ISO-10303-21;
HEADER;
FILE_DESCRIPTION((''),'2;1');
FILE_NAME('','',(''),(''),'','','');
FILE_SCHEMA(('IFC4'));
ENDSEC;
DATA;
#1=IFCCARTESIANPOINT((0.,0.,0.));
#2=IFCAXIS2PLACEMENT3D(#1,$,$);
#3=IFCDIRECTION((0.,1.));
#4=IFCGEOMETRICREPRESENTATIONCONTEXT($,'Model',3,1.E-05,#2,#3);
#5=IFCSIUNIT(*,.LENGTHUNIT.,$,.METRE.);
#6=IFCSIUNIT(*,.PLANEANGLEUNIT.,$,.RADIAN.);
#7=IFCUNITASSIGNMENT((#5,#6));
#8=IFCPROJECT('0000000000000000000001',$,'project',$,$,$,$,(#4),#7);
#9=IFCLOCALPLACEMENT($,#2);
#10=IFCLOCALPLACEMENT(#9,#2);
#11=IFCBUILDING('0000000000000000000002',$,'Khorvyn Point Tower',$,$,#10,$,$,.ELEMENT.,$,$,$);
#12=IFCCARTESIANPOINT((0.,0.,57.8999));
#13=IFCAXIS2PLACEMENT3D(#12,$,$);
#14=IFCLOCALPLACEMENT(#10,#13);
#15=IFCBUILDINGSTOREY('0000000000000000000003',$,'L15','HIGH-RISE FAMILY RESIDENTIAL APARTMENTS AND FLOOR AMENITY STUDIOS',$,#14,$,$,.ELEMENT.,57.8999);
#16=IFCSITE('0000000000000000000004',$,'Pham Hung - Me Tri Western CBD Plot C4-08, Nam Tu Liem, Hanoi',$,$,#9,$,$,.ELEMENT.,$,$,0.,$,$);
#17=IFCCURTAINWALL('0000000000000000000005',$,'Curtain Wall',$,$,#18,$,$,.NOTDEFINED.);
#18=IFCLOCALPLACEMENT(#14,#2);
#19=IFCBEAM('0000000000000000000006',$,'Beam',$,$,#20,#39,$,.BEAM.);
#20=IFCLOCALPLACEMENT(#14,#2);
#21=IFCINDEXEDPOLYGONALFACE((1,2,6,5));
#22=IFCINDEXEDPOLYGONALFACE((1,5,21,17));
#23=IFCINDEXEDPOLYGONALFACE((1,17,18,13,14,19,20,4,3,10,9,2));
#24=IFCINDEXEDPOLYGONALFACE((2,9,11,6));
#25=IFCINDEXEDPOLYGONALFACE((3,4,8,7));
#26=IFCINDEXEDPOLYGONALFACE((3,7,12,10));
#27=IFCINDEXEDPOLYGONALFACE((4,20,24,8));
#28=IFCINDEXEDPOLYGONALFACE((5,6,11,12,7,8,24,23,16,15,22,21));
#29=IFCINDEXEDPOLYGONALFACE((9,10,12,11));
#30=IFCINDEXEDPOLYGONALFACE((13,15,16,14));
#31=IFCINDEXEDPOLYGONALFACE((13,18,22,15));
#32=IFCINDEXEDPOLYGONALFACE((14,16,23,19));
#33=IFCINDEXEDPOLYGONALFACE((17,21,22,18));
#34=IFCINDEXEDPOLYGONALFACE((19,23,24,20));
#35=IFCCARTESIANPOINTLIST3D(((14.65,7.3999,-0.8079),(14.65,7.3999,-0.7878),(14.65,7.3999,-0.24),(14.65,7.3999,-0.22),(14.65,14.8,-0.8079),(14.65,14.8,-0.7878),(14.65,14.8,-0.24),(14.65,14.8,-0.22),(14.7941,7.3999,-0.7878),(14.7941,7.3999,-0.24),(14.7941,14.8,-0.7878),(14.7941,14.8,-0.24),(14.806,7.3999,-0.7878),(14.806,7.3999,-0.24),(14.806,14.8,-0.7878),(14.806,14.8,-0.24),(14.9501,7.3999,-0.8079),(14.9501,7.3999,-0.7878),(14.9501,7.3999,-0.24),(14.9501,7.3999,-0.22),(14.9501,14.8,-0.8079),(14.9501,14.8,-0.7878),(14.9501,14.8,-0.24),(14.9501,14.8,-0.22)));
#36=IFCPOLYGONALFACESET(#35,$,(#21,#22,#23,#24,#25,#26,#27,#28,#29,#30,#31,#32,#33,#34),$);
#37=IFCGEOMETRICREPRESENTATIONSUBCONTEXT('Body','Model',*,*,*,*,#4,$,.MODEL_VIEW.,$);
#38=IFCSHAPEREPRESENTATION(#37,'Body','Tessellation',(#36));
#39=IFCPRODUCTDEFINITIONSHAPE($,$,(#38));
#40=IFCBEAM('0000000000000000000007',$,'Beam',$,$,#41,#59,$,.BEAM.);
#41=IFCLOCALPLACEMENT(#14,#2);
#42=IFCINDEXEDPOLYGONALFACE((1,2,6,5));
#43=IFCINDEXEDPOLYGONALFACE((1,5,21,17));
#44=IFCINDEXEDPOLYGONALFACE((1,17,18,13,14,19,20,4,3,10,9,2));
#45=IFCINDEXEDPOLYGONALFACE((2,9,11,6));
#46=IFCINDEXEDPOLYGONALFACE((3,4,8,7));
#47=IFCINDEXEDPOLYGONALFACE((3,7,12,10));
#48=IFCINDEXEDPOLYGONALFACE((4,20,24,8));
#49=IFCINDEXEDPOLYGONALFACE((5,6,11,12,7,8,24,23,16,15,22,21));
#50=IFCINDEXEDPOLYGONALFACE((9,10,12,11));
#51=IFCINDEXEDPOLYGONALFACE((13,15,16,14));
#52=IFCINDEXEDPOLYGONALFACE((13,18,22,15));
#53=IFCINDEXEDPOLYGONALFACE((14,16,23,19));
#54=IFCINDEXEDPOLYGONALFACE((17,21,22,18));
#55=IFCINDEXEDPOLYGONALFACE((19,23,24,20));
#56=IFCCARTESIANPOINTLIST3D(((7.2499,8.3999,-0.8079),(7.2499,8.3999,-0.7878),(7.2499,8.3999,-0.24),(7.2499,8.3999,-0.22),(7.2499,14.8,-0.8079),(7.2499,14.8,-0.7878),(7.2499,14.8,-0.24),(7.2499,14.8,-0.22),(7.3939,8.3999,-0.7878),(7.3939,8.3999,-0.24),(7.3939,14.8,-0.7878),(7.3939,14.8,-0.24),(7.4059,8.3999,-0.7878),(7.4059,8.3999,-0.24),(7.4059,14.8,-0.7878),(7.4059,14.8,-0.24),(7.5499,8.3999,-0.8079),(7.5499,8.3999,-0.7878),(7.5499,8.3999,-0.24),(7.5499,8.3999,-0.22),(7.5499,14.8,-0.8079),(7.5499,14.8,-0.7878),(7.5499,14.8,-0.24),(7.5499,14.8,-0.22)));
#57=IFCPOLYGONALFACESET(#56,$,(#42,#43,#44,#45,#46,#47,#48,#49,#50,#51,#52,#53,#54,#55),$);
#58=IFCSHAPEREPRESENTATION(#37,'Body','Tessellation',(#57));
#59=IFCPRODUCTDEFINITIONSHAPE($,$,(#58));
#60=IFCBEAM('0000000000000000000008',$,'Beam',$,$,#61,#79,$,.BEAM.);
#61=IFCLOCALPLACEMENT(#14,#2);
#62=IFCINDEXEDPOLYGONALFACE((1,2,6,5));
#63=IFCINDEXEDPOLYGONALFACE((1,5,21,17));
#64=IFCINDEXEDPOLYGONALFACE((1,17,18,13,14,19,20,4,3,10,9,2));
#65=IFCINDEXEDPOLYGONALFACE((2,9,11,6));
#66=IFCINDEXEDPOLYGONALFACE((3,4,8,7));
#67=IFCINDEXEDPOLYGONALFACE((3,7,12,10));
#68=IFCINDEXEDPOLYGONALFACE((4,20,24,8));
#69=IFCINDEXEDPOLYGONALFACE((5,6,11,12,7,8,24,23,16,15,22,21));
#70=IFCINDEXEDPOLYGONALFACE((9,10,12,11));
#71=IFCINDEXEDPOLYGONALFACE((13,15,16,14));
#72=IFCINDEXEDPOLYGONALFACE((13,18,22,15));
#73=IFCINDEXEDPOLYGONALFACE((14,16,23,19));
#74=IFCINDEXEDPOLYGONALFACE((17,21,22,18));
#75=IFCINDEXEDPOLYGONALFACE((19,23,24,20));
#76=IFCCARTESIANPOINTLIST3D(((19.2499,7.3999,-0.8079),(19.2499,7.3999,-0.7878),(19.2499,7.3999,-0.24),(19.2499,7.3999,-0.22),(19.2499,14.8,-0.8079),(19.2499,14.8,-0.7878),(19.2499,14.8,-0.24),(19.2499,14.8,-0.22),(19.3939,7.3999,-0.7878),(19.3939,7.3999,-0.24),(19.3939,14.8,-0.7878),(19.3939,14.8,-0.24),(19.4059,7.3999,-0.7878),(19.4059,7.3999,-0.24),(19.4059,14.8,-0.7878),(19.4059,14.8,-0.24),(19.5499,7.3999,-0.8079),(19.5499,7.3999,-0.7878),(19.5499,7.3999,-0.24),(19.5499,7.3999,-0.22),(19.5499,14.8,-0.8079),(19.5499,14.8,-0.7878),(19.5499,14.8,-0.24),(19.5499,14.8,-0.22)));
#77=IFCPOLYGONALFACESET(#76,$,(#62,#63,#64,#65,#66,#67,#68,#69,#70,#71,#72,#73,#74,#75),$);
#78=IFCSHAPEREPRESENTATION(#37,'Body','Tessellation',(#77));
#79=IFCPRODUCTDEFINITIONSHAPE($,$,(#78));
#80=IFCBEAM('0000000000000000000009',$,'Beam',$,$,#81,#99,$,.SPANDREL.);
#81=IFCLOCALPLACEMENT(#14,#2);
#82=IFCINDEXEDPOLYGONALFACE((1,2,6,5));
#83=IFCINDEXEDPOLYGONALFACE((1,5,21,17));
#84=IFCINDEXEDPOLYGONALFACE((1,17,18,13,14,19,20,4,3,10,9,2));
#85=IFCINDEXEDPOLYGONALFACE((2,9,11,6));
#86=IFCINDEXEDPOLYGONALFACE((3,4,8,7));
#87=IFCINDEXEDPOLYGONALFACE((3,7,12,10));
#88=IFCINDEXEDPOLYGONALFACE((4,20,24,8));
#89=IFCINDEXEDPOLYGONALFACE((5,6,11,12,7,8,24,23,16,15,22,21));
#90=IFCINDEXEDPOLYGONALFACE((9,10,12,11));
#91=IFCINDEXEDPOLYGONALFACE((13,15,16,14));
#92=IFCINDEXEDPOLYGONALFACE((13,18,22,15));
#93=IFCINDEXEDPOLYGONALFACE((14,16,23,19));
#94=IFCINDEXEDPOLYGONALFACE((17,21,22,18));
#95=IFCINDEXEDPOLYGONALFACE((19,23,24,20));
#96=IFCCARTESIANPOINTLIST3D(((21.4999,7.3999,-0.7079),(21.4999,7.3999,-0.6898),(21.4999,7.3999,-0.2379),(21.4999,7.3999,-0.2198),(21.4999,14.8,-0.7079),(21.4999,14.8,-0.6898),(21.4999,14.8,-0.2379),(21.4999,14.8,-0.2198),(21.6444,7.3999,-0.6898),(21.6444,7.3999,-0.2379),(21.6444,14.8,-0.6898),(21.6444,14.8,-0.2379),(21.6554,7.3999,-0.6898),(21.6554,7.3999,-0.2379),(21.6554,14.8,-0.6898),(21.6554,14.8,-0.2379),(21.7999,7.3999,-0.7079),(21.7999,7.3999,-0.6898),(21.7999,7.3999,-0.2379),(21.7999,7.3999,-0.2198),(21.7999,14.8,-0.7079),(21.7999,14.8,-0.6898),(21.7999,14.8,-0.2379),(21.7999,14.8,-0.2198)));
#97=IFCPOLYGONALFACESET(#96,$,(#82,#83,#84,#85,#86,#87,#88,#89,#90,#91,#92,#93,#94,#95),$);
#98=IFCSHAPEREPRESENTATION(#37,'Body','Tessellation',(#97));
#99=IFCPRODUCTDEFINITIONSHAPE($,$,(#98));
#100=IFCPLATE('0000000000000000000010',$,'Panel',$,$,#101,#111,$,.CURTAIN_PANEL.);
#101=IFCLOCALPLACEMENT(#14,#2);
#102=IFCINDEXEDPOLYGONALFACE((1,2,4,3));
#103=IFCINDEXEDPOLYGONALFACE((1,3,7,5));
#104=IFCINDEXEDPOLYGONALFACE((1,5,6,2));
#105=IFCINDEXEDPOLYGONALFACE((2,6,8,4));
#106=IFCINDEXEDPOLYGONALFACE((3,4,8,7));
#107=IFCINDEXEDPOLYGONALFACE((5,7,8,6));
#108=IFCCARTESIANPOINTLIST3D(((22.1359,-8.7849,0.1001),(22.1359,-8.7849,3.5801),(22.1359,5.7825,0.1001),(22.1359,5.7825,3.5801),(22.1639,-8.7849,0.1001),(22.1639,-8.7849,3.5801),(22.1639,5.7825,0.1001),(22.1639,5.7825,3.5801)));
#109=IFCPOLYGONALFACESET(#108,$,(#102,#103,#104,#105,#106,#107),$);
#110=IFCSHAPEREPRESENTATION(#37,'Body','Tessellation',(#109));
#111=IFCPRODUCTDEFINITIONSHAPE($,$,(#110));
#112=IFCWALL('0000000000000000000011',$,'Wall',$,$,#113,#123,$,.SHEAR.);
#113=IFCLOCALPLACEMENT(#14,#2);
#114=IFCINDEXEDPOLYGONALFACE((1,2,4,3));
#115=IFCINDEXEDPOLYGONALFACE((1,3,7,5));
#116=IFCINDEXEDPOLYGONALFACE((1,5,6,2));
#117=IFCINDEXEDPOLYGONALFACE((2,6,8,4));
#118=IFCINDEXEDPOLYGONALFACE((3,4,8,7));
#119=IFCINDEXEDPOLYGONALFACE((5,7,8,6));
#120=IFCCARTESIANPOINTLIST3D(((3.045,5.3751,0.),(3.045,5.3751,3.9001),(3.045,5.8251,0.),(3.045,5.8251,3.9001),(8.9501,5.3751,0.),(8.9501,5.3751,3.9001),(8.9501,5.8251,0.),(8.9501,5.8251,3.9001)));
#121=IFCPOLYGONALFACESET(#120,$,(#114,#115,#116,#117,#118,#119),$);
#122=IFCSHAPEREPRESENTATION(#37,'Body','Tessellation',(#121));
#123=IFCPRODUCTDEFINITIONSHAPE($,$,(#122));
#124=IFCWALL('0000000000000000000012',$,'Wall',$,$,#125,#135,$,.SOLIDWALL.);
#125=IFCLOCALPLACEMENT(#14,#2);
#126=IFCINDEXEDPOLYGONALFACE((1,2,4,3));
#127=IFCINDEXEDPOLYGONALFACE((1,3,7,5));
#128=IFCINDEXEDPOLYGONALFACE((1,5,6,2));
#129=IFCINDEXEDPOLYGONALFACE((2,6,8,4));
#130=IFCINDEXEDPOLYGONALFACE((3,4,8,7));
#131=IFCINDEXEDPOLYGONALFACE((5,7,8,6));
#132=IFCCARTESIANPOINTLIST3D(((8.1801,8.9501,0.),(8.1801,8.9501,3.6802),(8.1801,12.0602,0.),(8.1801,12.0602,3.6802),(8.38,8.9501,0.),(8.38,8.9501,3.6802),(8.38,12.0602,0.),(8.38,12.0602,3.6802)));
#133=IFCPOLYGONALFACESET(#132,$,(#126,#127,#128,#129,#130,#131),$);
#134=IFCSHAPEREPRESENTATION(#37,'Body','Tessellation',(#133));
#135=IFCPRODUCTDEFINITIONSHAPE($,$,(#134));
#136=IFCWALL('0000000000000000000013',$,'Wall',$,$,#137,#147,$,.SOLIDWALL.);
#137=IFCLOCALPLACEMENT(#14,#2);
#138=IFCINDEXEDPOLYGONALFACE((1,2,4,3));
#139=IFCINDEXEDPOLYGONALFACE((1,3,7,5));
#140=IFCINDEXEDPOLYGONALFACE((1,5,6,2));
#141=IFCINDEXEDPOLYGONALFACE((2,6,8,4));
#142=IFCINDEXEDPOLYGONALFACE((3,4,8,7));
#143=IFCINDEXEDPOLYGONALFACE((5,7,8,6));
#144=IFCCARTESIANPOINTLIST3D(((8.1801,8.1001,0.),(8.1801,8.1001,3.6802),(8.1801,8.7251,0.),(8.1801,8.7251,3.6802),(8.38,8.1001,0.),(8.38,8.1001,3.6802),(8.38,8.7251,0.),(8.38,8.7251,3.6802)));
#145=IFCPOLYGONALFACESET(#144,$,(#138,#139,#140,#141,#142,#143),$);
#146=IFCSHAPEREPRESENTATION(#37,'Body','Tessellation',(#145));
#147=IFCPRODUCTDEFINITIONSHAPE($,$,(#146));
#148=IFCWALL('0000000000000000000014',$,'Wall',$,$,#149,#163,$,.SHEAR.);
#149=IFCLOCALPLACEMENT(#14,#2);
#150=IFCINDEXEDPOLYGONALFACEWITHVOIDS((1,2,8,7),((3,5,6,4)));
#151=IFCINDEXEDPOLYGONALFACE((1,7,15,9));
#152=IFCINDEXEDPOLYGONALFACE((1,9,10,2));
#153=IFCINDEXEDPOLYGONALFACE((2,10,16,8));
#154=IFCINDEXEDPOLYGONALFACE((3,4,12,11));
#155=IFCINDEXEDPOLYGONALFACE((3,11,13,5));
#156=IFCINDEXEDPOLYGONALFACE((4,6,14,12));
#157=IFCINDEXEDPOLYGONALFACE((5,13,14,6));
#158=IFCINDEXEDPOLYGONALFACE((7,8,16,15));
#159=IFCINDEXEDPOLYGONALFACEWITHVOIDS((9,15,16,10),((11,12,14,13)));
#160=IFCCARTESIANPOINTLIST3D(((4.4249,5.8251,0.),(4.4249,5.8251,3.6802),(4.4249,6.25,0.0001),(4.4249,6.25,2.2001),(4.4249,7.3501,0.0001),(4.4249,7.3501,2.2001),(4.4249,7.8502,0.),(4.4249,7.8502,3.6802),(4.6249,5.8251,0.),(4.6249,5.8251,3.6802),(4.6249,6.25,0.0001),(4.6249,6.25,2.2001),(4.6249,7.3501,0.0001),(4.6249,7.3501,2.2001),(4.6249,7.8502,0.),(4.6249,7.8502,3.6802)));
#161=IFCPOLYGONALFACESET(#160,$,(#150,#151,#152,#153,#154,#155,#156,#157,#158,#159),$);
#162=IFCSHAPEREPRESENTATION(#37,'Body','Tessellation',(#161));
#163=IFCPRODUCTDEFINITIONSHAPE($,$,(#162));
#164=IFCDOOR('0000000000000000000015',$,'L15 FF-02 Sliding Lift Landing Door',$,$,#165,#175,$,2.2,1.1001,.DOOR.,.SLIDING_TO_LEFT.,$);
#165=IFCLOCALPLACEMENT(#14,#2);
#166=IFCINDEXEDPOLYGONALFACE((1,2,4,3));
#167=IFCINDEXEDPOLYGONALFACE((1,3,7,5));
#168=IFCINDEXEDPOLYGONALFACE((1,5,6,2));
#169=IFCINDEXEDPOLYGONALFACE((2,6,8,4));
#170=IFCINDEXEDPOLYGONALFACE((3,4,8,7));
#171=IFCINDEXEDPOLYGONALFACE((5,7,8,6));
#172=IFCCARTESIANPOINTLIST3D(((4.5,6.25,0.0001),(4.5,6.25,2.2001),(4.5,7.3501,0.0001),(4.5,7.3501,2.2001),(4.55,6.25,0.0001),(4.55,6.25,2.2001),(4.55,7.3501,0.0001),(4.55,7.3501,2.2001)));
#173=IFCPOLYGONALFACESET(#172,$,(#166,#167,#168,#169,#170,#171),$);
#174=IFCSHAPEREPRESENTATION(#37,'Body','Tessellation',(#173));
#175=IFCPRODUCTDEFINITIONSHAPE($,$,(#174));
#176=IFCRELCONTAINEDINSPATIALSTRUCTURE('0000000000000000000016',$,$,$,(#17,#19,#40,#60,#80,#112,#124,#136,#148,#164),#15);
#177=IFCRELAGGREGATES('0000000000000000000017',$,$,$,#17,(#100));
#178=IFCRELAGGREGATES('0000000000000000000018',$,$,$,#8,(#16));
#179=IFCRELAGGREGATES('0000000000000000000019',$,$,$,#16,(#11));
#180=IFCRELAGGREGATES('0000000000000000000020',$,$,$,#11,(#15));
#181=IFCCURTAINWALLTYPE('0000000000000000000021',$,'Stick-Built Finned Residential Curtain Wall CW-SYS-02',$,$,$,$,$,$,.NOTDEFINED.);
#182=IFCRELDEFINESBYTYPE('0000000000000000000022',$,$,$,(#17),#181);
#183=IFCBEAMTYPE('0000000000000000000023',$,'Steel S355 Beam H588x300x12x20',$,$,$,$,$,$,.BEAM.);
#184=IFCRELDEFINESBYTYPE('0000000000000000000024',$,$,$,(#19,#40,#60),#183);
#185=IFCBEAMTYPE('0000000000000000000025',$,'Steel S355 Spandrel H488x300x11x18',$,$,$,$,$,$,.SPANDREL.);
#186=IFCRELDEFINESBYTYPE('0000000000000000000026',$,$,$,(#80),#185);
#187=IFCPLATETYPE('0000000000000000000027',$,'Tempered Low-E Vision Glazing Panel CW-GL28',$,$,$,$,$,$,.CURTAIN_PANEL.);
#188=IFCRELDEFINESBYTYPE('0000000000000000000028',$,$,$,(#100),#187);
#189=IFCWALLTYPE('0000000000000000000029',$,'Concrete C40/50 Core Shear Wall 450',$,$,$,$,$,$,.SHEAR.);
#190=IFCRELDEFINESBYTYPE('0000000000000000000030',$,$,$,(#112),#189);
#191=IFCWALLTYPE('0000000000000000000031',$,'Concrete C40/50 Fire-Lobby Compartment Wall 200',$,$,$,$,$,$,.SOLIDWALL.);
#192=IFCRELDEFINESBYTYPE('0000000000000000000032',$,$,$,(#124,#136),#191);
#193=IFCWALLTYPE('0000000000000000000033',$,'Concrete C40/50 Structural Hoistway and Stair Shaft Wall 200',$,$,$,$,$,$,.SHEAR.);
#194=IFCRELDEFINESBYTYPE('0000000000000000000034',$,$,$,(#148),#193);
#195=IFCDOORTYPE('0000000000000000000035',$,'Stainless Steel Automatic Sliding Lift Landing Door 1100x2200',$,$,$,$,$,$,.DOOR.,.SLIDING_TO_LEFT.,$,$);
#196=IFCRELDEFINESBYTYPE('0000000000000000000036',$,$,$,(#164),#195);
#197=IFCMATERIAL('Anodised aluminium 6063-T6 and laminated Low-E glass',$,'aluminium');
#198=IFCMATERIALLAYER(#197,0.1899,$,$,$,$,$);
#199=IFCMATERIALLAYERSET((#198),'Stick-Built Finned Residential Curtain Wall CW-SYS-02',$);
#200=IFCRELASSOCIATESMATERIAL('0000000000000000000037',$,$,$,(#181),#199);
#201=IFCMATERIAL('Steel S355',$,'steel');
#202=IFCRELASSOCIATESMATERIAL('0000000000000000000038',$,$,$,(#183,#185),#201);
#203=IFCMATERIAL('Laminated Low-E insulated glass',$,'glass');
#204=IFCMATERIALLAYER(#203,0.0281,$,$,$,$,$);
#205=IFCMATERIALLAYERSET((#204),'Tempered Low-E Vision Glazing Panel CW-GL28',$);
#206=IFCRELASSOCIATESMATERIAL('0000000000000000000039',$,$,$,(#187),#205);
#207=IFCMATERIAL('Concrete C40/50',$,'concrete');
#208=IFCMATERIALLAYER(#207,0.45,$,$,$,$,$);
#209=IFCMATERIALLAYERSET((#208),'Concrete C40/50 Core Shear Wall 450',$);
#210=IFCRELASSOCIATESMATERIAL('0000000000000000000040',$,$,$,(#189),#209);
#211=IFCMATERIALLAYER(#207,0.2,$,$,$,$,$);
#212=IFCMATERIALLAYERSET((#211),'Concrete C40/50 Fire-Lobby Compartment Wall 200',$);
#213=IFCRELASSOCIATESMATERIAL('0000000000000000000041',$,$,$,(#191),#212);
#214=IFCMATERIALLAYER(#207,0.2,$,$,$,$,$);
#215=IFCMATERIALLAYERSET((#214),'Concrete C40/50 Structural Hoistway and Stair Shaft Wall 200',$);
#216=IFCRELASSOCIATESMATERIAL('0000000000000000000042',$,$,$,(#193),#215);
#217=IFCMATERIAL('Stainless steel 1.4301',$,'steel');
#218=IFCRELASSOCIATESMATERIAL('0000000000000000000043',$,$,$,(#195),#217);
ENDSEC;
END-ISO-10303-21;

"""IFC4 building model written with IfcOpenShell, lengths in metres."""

from ifc_helpers import new_model, si_unit, direction, frame, frame_2d, origin, origin_2d, place, context, subcontext, project, spatial, rectangle, i_section, extrude, material, layer, layer_set, material_profile, profile_set, type_object, element, fill, aggregate, save


model = new_model("IFC4")

# Units and contexts
model_context = context("Model", 3, precision=1e-05, world=origin(), true_north=direction((0.0, 1.0)))
body_context = subcontext(model_context, "Body", "Model", "MODEL_VIEW")
ifc_project = project(units=[si_unit("LENGTHUNIT", "METRE"), si_unit("PLANEANGLEUNIT", "RADIAN")], contexts=[model_context])

# Site, building, storey
site_placement = place(None, origin())
site = spatial("IfcSite", under=ifc_project, at=site_placement, Name="Pham Hung - Me Tri Western CBD Plot C4-08, Nam Tu Liem, Hanoi", CompositionType="ELEMENT", RefElevation=0.0)
building_placement = place(site_placement, origin())
building = spatial("IfcBuilding", under=site, at=building_placement, Name="Khorvyn Point Tower", CompositionType="ELEMENT")
storey_placement = place(building_placement, frame((0.0, 0.0, 57.8999)))
storey = spatial("IfcBuildingStorey", under=building, at=storey_placement, Name="L15", Description="HIGH-RISE FAMILY RESIDENTIAL APARTMENTS AND FLOOR AMENITY STUDIOS", CompositionType="ELEMENT", Elevation=57.8999)

# Curtain wall
ifc_material_1 = material(Name="Anodised aluminium 6063-T6 and laminated Low-E glass", Category="aluminium")
ifc_layer_1 = layer(ifc_material_1, 0.1899)
ifc_layer_set_1 = layer_set([ifc_layer_1], Name="Stick-Built Finned Residential Curtain Wall CW-SYS-02")
curtain_wall_type = type_object("IfcCurtainWallType", Name="Stick-Built Finned Residential Curtain Wall CW-SYS-02", PredefinedType="NOTDEFINED", material=ifc_layer_set_1)
curtain_wall_placement = place(storey_placement, origin())
curtain_wall = element("IfcCurtainWall", 1, at=curtain_wall_placement, inside=storey, type_object=curtain_wall_type, Name="Curtain Wall", PredefinedType="NOTDEFINED")

# Beams
ifc_material_2 = material(Name="Steel S355", Category="steel")
ifc_material_profile_1 = material_profile(ifc_material_2, i_section(OverallWidth=0.3, OverallDepth=0.5879, WebThickness=0.012, FlangeThickness=0.02, at=origin_2d()))
ifc_profile_set_1 = profile_set([ifc_material_profile_1], Name="Steel S355 H588x300x12x20")
beam_type_1 = type_object("IfcBeamType", Name="Steel S355 Beam H588x300x12x20", PredefinedType="BEAM", material=ifc_profile_set_1)
beam_1_placement = place(storey_placement, frame((14.8, 7.3999, -0.5139), z_axis=(0.0, 1.0, 0.0), x_axis=(-1.0, 0.0, 0.0)))
element("IfcBeam", 2, at=beam_1_placement, inside=storey, type_object=beam_type_1, Name="Beam", PredefinedType="BEAM", context=body_context, shape_type="SweptSolid", body=[
    extrude(i_section(OverallWidth=0.3, OverallDepth=0.5879, WebThickness=0.012, FlangeThickness=0.02, at=origin_2d()), origin(), (0.0, 0.0, 1.0), 7.4001),
])
beam_2_placement = place(storey_placement, frame((7.3999, 8.3999, -0.5139), z_axis=(0.0, 1.0, 0.0), x_axis=(-1.0, 0.0, 0.0)))
element("IfcBeam", 3, at=beam_2_placement, inside=storey, type_object=beam_type_1, Name="Beam", PredefinedType="BEAM", context=body_context, shape_type="SweptSolid", body=[
    extrude(i_section(OverallWidth=0.3, OverallDepth=0.5879, WebThickness=0.012, FlangeThickness=0.02, at=origin_2d()), origin(), (0.0, 0.0, 1.0), 6.4001),
])
beam_3_placement = place(storey_placement, frame((19.3999, 7.3999, -0.5139), z_axis=(0.0, 1.0, 0.0), x_axis=(-1.0, 0.0, 0.0)))
element("IfcBeam", 4, at=beam_3_placement, inside=storey, type_object=beam_type_1, Name="Beam", PredefinedType="BEAM", context=body_context, shape_type="SweptSolid", body=[
    extrude(i_section(OverallWidth=0.3, OverallDepth=0.5879, WebThickness=0.012, FlangeThickness=0.02, at=origin_2d()), origin(), (0.0, 0.0, 1.0), 7.4001),
])
ifc_material_profile_2 = material_profile(ifc_material_2, i_section(OverallWidth=0.3, OverallDepth=0.488, WebThickness=0.011, FlangeThickness=0.0181, at=origin_2d()))
ifc_profile_set_2 = profile_set([ifc_material_profile_2], Name="Steel S355 H488x300x11x18")
beam_type_2 = type_object("IfcBeamType", Name="Steel S355 Spandrel H488x300x11x18", PredefinedType="SPANDREL", material=ifc_profile_set_2)
beam_4_placement = place(storey_placement, frame((21.6499, 7.3999, -0.4639), z_axis=(0.0, 1.0, 0.0), x_axis=(-1.0, 0.0, 0.0)))
element("IfcBeam", 5, at=beam_4_placement, inside=storey, type_object=beam_type_2, Name="Beam", PredefinedType="SPANDREL", context=body_context, shape_type="SweptSolid", body=[
    extrude(i_section(OverallWidth=0.3, OverallDepth=0.488, WebThickness=0.011, FlangeThickness=0.0181, at=origin_2d()), origin(), (0.0, 0.0, 1.0), 7.4001),
])

# Plate
ifc_material_3 = material(Name="Laminated Low-E insulated glass", Category="glass")
ifc_layer_2 = layer(ifc_material_3, 0.0281)
ifc_layer_set_2 = layer_set([ifc_layer_2], Name="Tempered Low-E Vision Glazing Panel CW-GL28")
plate_type = type_object("IfcPlateType", Name="Tempered Low-E Vision Glazing Panel CW-GL28", PredefinedType="CURTAIN_PANEL", material=ifc_layer_set_2)
plate_placement = place(storey_placement, frame((22.1499, -1.5012, 0.1001), z_axis=(0.0, 0.0, 1.0), x_axis=(0.0, -1.0, 0.0)))
plate = element("IfcPlate", 6, at=plate_placement, type_object=plate_type, Name="Panel", PredefinedType="CURTAIN_PANEL", context=body_context, shape_type="SweptSolid", body=[
    extrude(rectangle(XDim=14.5674, YDim=0.0281, at=origin_2d()), origin(), (0.0, 0.0, 1.0), 3.48),
])
aggregate(curtain_wall, [plate])

# Walls
ifc_material_4 = material(Name="Concrete C40/50", Category="concrete")
ifc_layer_3 = layer(ifc_material_4, 0.45)
ifc_layer_set_3 = layer_set([ifc_layer_3], Name="Concrete C40/50 Core Shear Wall 450")
wall_type_1 = type_object("IfcWallType", Name="Concrete C40/50 Core Shear Wall 450", PredefinedType="SHEAR", material=ifc_layer_set_3)
wall_1_placement = place(storey_placement, frame((3.0449, 5.6001, 0.0), z_axis=(0.0, 0.0, 1.0), x_axis=(1.0, 0.0, 0.0)))
element("IfcWall", 7, at=wall_1_placement, inside=storey, type_object=wall_type_1, Name="Wall", PredefinedType="SHEAR", context=body_context, shape_type="SweptSolid", body=[
    extrude(rectangle(XDim=5.905, YDim=0.45, at=frame_2d((2.9526, 0.0))), origin(), (0.0, 0.0, 1.0), 3.9001),
])
ifc_layer_4 = layer(ifc_material_4, 0.2)
ifc_layer_set_4 = layer_set([ifc_layer_4], Name="Concrete C40/50 Fire-Lobby Compartment Wall 200")
wall_type_2 = type_object("IfcWallType", Name="Concrete C40/50 Fire-Lobby Compartment Wall 200", PredefinedType="SOLIDWALL", material=ifc_layer_set_4)
wall_2_placement = place(storey_placement, frame((8.28, 8.95, 0.0), z_axis=(0.0, 0.0, 1.0), x_axis=(0.0, 1.0, 0.0)))
element("IfcWall", 8, at=wall_2_placement, inside=storey, type_object=wall_type_2, Name="Wall", PredefinedType="SOLIDWALL", context=body_context, shape_type="SweptSolid", body=[
    extrude(rectangle(XDim=3.1101, YDim=0.2, at=frame_2d((1.5552, 0.0))), origin(), (0.0, 0.0, 1.0), 3.6802),
])
wall_3_placement = place(storey_placement, frame((8.28, 8.1001, 0.0), z_axis=(0.0, 0.0, 1.0), x_axis=(0.0, 1.0, 0.0)))
element("IfcWall", 9, at=wall_3_placement, inside=storey, type_object=wall_type_2, Name="Wall", PredefinedType="SOLIDWALL", context=body_context, shape_type="SweptSolid", body=[
    extrude(rectangle(XDim=0.625, YDim=0.2, at=frame_2d((0.3125, 0.0))), origin(), (0.0, 0.0, 1.0), 3.6802),
])

# Wall, opening, door
ifc_layer_5 = layer(ifc_material_4, 0.2)
ifc_layer_set_5 = layer_set([ifc_layer_5], Name="Concrete C40/50 Structural Hoistway and Stair Shaft Wall 200")
wall_type_3 = type_object("IfcWallType", Name="Concrete C40/50 Structural Hoistway and Stair Shaft Wall 200", PredefinedType="SHEAR", material=ifc_layer_set_5)
wall_4_placement = place(storey_placement, frame((4.5249, 5.825, 0.0), z_axis=(0.0, 0.0, 1.0), x_axis=(0.0, 1.0, 0.0)))
wall_4 = element("IfcWall", 10, at=wall_4_placement, inside=storey, type_object=wall_type_3, Name="Wall", PredefinedType="SHEAR", context=body_context, shape_type="SweptSolid", body=[
    extrude(rectangle(XDim=2.0251, YDim=0.2, at=frame_2d((1.0127, 0.0))), origin(), (0.0, 0.0, 1.0), 3.6802),
])
opening_placement = place(wall_4_placement, frame((0.425, 0.0, 0.0)))
opening = element("IfcOpeningElement", 11, at=opening_placement, cuts=wall_4, PredefinedType="OPENING", context=body_context, shape_type="SweptSolid", body=[
    extrude(rectangle(XDim=1.1001, YDim=2.2, at=frame_2d((0.55, 1.1001))), frame((0.0, 0.1099, 0.0), z_axis=(0.0, -1.0, 0.0), x_axis=(1.0, 0.0, 0.0)), (0.0, 0.0, 1.0), 0.22),
])
ifc_material_5 = material(Name="Stainless steel 1.4301", Category="steel")
door_type = type_object("IfcDoorType", Name="Stainless Steel Automatic Sliding Lift Landing Door 1100x2200", OperationType="SLIDING_TO_LEFT", PredefinedType="DOOR", material=ifc_material_5)
door_placement = place(opening_placement, origin())
door = element("IfcDoor", 12, at=door_placement, inside=storey, type_object=door_type, Name="L15 FF-02 Sliding Lift Landing Door", OperationType="SLIDING_TO_LEFT", OverallHeight=2.2, OverallWidth=1.1001, PredefinedType="DOOR", context=body_context, shape_type="SweptSolid", body=[
    extrude(rectangle(XDim=1.1001, YDim=2.2, at=frame_2d((0.55, 1.1001))), frame((0.0, 0.0249, 0.0), z_axis=(0.0, -1.0, 0.0), x_axis=(1.0, 0.0, 0.0)), (0.0, 0.0, 1.0), 0.05),
])
fill(opening, door)

save(model, "model.ifc")
